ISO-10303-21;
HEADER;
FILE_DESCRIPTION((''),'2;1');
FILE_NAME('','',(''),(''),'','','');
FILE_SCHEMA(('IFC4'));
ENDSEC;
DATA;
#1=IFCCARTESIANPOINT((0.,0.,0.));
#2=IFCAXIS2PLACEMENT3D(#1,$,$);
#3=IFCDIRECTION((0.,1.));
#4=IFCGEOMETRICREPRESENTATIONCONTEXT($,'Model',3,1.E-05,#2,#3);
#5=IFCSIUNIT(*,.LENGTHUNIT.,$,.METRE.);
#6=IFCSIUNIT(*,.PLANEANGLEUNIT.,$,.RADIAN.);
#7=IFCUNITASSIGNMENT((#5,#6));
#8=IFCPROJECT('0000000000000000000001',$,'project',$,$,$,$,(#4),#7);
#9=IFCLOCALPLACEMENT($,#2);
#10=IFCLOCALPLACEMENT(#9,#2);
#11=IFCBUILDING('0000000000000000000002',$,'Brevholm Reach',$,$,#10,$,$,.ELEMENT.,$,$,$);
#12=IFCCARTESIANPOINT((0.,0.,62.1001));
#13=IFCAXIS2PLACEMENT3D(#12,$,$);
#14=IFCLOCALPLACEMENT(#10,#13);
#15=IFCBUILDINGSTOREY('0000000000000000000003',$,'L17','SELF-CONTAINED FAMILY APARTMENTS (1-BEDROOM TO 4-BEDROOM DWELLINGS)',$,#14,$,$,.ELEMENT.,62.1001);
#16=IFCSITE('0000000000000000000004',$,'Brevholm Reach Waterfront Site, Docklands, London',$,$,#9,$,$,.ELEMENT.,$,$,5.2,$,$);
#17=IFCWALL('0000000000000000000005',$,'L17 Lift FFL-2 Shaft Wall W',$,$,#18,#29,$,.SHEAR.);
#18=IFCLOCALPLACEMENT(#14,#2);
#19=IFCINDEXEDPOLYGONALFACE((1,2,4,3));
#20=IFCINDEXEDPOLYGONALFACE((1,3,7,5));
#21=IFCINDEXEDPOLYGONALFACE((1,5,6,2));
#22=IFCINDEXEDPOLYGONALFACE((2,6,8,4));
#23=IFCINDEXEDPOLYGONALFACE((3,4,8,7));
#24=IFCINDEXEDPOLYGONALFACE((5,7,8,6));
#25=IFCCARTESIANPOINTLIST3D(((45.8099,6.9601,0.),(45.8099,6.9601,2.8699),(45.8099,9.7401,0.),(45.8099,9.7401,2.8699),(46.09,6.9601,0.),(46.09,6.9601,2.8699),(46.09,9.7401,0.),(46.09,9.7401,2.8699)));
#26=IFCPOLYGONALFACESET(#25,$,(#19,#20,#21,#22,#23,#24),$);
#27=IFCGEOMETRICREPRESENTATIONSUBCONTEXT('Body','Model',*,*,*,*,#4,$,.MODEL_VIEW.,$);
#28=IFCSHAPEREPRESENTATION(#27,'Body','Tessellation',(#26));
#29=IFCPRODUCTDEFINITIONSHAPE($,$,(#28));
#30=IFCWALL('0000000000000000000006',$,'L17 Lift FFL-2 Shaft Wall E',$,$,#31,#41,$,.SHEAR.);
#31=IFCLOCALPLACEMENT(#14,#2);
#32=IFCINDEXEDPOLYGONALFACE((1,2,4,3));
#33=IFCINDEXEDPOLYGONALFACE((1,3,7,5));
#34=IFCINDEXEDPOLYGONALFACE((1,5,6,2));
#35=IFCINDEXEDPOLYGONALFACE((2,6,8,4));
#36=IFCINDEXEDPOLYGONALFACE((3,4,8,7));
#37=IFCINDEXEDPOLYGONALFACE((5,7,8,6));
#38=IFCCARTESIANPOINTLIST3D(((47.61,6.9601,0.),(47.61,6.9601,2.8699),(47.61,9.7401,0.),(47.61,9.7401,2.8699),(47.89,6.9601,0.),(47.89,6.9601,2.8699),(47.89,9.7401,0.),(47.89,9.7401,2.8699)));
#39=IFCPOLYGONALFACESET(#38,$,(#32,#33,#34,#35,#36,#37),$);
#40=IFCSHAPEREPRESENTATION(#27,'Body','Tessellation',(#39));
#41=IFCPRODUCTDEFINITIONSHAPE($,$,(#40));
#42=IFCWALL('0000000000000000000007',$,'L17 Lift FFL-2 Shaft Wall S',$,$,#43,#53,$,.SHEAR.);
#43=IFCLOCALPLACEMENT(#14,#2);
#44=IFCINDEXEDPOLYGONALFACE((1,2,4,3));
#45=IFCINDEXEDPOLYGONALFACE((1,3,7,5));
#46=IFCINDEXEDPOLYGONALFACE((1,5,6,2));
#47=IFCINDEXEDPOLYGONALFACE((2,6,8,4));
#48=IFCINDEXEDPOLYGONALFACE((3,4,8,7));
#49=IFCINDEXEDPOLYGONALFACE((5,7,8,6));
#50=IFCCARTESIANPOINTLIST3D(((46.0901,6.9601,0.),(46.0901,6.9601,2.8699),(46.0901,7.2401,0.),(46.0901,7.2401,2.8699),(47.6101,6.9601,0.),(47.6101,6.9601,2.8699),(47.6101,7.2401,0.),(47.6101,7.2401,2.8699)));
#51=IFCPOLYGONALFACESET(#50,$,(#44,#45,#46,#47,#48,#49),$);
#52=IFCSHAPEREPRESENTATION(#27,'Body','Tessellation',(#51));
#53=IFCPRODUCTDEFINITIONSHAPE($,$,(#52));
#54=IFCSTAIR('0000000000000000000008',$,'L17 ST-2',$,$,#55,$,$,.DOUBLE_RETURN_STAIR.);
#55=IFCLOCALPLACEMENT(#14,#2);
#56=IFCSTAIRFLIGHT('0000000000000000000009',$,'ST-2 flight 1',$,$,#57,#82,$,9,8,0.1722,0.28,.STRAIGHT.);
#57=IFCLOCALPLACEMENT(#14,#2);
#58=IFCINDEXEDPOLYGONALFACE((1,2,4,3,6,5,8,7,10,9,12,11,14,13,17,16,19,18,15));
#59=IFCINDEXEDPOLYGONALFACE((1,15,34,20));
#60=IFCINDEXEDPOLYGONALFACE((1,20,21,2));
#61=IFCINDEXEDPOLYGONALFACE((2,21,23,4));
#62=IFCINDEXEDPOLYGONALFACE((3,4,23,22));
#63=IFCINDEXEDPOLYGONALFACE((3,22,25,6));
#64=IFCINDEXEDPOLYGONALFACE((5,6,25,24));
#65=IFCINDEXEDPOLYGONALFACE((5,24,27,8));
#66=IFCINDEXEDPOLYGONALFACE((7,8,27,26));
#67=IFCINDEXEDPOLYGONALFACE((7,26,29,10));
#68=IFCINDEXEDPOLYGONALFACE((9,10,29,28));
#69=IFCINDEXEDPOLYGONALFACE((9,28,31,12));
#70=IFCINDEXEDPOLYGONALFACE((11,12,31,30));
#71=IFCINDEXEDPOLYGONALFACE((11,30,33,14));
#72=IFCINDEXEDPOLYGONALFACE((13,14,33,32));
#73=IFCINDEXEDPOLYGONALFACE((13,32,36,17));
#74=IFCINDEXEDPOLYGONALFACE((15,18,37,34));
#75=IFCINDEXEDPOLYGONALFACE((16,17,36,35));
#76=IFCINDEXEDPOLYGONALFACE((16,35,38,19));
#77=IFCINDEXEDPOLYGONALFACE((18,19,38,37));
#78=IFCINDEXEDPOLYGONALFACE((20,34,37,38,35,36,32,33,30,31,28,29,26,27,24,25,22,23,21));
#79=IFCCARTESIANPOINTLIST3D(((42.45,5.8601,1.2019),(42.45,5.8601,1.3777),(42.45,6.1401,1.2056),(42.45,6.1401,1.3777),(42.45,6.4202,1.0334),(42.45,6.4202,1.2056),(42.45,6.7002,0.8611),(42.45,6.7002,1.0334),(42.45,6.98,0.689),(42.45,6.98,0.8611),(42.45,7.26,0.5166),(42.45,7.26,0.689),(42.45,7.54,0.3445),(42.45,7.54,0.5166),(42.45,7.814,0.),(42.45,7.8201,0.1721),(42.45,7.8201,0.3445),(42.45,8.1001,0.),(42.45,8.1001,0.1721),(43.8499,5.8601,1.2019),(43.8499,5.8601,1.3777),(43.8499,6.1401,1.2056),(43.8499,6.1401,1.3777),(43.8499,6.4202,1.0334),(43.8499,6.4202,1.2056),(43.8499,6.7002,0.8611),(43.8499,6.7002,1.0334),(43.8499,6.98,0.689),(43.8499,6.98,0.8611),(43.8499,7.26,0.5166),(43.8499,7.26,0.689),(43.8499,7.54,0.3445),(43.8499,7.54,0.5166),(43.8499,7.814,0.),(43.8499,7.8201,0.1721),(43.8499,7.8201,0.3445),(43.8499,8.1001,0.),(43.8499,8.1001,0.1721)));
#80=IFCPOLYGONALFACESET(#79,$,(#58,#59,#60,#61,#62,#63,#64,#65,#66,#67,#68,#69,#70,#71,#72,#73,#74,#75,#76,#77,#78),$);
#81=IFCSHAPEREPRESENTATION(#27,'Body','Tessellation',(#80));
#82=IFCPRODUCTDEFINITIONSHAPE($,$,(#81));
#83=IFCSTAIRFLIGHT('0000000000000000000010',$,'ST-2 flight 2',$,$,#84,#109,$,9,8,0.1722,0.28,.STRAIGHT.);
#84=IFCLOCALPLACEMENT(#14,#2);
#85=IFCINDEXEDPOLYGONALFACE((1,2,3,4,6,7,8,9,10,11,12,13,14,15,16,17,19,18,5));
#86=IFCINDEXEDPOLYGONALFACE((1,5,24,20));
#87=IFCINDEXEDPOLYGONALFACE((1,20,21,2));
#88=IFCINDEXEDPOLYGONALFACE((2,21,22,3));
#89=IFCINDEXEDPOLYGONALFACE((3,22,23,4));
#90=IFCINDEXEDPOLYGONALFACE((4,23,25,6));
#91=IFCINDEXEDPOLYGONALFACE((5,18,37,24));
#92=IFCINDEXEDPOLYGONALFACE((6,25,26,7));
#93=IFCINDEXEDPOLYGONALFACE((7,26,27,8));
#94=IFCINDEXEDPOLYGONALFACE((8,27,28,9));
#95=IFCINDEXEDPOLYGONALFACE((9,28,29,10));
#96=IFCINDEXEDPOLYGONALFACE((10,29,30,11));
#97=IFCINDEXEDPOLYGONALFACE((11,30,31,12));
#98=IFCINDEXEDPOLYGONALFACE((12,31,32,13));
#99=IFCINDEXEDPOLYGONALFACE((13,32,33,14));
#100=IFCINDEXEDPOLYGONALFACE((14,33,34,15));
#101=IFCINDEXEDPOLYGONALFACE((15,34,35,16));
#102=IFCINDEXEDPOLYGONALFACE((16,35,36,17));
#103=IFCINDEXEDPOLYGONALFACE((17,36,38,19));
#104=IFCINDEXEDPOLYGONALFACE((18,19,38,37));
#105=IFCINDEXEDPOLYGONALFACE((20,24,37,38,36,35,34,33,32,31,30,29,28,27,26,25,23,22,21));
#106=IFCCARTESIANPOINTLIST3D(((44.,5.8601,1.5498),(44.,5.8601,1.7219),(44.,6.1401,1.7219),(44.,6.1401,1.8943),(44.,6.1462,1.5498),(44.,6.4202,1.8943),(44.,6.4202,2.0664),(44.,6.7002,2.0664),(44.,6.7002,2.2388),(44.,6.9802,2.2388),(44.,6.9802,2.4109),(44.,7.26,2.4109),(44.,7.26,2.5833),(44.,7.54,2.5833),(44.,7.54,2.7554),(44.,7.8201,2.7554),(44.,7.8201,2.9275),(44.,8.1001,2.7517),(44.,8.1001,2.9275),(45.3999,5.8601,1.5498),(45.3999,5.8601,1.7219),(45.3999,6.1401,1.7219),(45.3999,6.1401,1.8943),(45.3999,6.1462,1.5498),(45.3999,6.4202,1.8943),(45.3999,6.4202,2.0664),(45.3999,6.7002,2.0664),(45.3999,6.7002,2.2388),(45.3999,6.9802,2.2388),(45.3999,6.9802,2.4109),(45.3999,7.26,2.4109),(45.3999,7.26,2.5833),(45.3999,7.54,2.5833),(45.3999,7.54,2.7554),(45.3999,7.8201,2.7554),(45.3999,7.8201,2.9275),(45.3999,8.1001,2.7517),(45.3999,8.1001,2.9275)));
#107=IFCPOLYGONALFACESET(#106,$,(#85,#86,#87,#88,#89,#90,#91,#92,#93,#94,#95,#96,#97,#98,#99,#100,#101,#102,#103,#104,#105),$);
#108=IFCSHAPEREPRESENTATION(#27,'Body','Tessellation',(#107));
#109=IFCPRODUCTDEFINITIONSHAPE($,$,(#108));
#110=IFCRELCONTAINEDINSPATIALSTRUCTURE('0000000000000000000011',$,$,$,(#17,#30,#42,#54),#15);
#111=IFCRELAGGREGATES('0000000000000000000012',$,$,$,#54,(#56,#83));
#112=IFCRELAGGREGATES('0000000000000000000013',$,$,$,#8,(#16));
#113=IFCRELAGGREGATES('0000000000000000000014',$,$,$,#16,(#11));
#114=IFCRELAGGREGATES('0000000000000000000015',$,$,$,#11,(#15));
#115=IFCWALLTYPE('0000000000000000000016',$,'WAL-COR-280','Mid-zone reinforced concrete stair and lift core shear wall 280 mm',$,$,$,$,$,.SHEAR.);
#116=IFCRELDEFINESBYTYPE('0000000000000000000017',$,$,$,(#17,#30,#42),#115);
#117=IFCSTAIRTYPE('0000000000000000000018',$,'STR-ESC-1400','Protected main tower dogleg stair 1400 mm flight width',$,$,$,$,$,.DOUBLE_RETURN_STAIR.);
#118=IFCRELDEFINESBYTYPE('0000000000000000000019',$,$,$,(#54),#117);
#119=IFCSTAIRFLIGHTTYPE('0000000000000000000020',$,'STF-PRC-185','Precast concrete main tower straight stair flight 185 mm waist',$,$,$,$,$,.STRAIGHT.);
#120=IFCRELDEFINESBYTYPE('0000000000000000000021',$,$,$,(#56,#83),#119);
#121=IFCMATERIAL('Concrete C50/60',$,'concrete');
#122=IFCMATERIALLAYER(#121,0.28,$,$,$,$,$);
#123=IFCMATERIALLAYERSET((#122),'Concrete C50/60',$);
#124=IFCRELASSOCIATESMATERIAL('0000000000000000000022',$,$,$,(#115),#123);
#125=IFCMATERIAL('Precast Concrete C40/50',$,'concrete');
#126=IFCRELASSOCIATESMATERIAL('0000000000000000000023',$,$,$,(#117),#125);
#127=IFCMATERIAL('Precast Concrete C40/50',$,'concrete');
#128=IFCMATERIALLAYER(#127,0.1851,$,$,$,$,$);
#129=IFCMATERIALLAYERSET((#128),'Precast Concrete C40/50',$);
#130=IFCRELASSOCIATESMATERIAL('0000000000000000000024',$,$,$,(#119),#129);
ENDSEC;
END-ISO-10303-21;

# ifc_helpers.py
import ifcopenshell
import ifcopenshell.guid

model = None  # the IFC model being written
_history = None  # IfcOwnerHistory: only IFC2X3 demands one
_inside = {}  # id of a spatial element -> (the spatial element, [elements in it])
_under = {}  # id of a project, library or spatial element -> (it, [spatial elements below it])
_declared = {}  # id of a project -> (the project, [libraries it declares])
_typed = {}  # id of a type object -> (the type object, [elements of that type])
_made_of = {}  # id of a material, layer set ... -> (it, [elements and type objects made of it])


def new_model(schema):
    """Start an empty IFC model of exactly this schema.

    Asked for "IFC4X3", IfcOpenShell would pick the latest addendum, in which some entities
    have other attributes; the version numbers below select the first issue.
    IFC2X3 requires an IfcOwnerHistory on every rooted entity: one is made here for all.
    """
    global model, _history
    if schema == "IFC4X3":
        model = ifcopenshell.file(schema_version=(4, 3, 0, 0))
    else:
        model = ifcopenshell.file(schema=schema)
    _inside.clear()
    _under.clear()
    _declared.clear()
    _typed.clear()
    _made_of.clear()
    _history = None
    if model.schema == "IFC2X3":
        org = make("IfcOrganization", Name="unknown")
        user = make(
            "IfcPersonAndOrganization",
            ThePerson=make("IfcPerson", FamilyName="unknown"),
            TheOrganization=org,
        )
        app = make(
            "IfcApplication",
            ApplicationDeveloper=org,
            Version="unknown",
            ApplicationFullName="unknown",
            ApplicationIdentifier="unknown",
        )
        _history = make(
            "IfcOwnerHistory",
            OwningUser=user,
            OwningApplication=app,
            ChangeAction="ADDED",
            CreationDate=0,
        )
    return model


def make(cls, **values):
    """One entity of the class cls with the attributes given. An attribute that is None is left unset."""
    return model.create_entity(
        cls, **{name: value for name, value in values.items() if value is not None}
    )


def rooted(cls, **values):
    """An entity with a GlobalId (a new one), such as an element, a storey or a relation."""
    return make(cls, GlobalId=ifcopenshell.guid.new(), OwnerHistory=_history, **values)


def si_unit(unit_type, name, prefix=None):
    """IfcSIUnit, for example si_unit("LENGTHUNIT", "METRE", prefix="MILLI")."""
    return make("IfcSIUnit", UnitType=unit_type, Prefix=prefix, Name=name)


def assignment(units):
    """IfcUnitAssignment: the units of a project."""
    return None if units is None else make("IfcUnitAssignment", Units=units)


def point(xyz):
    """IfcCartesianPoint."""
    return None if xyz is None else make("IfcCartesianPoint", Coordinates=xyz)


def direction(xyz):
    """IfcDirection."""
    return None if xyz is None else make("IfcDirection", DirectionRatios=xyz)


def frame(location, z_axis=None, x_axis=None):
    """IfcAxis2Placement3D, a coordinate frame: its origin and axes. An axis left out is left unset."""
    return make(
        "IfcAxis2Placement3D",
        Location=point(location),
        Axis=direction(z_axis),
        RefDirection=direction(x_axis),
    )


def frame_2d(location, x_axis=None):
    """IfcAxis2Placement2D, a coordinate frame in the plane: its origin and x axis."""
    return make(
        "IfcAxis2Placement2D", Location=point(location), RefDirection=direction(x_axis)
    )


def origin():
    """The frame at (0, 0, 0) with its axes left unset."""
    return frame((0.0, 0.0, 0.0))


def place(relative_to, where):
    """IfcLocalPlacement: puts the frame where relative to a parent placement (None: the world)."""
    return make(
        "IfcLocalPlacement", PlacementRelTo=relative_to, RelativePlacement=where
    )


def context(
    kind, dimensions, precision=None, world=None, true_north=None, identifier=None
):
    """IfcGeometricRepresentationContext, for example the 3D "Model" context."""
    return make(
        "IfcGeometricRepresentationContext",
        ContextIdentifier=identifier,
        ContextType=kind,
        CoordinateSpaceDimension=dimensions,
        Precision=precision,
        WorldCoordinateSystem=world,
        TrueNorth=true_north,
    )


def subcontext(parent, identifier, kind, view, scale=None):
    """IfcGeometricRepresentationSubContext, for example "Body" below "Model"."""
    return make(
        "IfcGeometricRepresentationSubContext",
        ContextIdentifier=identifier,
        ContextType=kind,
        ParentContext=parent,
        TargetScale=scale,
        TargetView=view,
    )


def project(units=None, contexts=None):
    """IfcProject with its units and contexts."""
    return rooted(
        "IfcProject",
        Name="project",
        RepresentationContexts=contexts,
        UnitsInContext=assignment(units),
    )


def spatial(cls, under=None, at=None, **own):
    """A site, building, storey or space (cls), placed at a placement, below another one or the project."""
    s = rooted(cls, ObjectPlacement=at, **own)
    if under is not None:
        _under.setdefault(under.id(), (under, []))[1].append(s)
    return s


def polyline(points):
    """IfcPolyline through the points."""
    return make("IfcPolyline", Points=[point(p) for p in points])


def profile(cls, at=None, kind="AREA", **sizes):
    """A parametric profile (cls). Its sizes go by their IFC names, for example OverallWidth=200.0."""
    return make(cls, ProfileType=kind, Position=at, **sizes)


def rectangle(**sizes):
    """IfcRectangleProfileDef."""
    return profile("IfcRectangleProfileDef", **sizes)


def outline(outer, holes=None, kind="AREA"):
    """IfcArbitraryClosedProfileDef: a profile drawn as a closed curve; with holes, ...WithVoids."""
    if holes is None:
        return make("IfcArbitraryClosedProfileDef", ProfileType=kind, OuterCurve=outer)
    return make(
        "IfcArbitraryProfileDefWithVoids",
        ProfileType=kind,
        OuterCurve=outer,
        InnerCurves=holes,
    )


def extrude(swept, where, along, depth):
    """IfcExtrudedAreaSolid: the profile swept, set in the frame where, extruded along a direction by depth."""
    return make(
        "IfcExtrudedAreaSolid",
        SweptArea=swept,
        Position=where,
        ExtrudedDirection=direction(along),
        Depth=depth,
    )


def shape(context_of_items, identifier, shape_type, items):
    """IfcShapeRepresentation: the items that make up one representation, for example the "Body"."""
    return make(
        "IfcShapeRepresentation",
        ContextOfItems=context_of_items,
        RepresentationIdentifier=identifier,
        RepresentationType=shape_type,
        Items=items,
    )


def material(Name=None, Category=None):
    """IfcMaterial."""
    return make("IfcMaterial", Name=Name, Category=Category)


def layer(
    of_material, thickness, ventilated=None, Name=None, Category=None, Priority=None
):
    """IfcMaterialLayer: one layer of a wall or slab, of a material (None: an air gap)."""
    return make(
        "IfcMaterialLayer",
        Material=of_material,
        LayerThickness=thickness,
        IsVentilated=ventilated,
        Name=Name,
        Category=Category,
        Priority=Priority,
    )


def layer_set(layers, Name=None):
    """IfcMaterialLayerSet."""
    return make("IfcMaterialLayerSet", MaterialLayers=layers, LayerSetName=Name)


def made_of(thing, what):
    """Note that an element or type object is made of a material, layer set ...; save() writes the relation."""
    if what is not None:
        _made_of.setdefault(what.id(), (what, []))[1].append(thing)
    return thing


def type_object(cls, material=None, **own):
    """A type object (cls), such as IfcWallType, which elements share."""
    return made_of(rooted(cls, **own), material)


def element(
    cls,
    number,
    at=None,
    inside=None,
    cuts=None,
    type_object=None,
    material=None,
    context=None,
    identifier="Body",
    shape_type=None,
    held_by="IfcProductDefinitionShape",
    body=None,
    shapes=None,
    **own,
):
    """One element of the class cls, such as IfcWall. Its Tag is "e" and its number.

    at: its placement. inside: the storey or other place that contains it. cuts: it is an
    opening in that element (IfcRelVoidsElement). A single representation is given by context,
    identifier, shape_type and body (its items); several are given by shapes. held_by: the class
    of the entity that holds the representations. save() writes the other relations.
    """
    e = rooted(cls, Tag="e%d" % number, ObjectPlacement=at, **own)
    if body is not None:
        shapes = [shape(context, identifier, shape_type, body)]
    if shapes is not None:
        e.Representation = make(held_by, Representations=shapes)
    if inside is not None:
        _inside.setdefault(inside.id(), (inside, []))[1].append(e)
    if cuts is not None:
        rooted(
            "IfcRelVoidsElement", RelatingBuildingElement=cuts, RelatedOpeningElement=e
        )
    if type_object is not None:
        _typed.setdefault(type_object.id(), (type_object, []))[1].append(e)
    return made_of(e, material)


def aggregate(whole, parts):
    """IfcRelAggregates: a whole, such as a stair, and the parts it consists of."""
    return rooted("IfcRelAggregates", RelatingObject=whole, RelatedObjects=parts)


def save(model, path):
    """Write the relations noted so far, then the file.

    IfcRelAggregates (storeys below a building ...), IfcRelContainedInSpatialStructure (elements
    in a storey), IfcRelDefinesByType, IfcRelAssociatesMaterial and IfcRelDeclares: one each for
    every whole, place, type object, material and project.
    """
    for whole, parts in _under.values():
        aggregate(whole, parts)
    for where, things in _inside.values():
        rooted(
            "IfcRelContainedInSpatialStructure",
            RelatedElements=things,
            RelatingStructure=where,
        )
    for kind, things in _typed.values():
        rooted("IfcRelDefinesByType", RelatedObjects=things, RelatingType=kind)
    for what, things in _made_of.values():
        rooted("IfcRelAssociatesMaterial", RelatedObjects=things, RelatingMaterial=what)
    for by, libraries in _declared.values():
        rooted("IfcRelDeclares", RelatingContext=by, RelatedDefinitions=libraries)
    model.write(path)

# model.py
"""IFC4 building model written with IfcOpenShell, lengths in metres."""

from ifc_helpers import new_model, si_unit, direction, frame, frame_2d, origin, place, context, subcontext, project, spatial, polyline, rectangle, outline, extrude, material, layer, layer_set, type_object, element, aggregate, save


model = new_model("IFC4")

# Units and contexts
model_context = context("Model", 3, precision=1e-05, world=origin(), true_north=direction((0.0, 1.0)))
body_context = subcontext(model_context, "Body", "Model", "MODEL_VIEW")
ifc_project = project(units=[si_unit("LENGTHUNIT", "METRE"), si_unit("PLANEANGLEUNIT", "RADIAN")], contexts=[model_context])

# Site, building, storey
site_placement = place(None, origin())
site = spatial("IfcSite", under=ifc_project, at=site_placement, Name="Brevholm Reach Waterfront Site, Docklands, London", CompositionType="ELEMENT", RefElevation=5.2)
building_placement = place(site_placement, origin())
building = spatial("IfcBuilding", under=site, at=building_placement, Name="Brevholm Reach", CompositionType="ELEMENT")
storey_placement = place(building_placement, frame((0.0, 0.0, 62.1001)))
storey = spatial("IfcBuildingStorey", under=building, at=storey_placement, Name="L17", Description="SELF-CONTAINED FAMILY APARTMENTS (1-BEDROOM TO 4-BEDROOM DWELLINGS)", CompositionType="ELEMENT", Elevation=62.1001)

# Walls
ifc_material_1 = material(Name="Concrete C50/60", Category="concrete")
ifc_layer_1 = layer(ifc_material_1, 0.28)
ifc_layer_set_1 = layer_set([ifc_layer_1], Name="Concrete C50/60")
wall_type = type_object("IfcWallType", Name="WAL-COR-280", Description="Mid-zone reinforced concrete stair and lift core shear wall 280 mm", PredefinedType="SHEAR", material=ifc_layer_set_1)
for number, where, z_axis, x_axis, name in (
    (1, (45.95, 6.96, 0.0), (0.0, 0.0, 1.0), (0.0, 1.0, 0.0), "L17 Lift FFL-2 Shaft Wall W"),
    (2, (47.75, 6.96, 0.0), (0.0, 0.0, 1.0), (0.0, 1.0, 0.0), "L17 Lift FFL-2 Shaft Wall E"),
):
    element("IfcWall", number, at=place(storey_placement, frame(where, z_axis=z_axis, x_axis=x_axis)), inside=storey, type_object=wall_type, Name=name, PredefinedType="SHEAR", context=body_context, shape_type="SweptSolid", body=[
        extrude(rectangle(XDim=2.78, YDim=0.28, at=frame_2d((1.3901, 0.0))), origin(), (0.0, 0.0, 1.0), 2.8699),
    ])
wall_1_placement = place(storey_placement, frame((46.0901, 7.1001, 0.0), z_axis=(0.0, 0.0, 1.0), x_axis=(1.0, 0.0, 0.0)))
element("IfcWall", 3, at=wall_1_placement, inside=storey, type_object=wall_type, Name="L17 Lift FFL-2 Shaft Wall S", PredefinedType="SHEAR", context=body_context, shape_type="SweptSolid", body=[
    extrude(rectangle(XDim=1.52, YDim=0.28, at=frame_2d((0.76, 0.0))), origin(), (0.0, 0.0, 1.0), 2.8699),
])

# Stair, stair flights
ifc_material_2 = material(Name="Precast Concrete C40/50", Category="concrete")
stair_type = type_object("IfcStairType", Name="STR-ESC-1400", Description="Protected main tower dogleg stair 1400 mm flight width", PredefinedType="DOUBLE_RETURN_STAIR", material=ifc_material_2)
stair_placement = place(storey_placement, origin())
stair = element("IfcStair", 4, at=stair_placement, inside=storey, type_object=stair_type, Name="L17 ST-2", PredefinedType="DOUBLE_RETURN_STAIR")
ifc_material_3 = material(Name="Precast Concrete C40/50", Category="concrete")
ifc_layer_2 = layer(ifc_material_3, 0.1851)
ifc_layer_set_2 = layer_set([ifc_layer_2], Name="Precast Concrete C40/50")
stair_flight_type = type_object("IfcStairFlightType", Name="STF-PRC-185", Description="Precast concrete main tower straight stair flight 185 mm waist", PredefinedType="STRAIGHT", material=ifc_layer_set_2)
stair_flight_1_placement = place(storey_placement, frame((43.1499, 8.1001, 0.0), z_axis=(0.0, 0.0, 1.0), x_axis=(0.0, -1.0, 0.0)))
stair_flight_1 = element("IfcStairFlight", 5, at=stair_flight_1_placement, type_object=stair_flight_type, Name="ST-2 flight 1", NumberOfRisers=9, NumberOfTreads=8, PredefinedType="STRAIGHT", RiserHeight=0.1722, TreadLength=0.28, context=body_context, shape_type="SweptSolid", body=[
    extrude(outline(polyline([(0.0, 0.0), (0.0, 0.1721), (0.28, 0.1721), (0.28, 0.3445), (0.5601, 0.3445), (0.5601, 0.5166), (0.8401, 0.5166), (0.8401, 0.689), (1.1201, 0.689), (1.1201, 0.8611), (1.3999, 0.8611), (1.3999, 1.0334), (1.6799, 1.0334), (1.6799, 1.2056), (1.96, 1.2056), (1.96, 1.3777), (2.24, 1.3777), (2.24, 1.55), (2.24, 1.2019), (0.2861, 0.0), (0.0, 0.0)])), frame((0.0, 0.7, 0.0), z_axis=(0.0, -1.0, 0.0), x_axis=(1.0, 0.0, 0.0)), (0.0, 0.0, 1.0), 1.3999),
])
stair_flight_2_placement = place(storey_placement, frame((44.7, 5.8601, 1.5498), z_axis=(0.0, 0.0, 1.0), x_axis=(0.0, 1.0, 0.0)))
stair_flight_2 = element("IfcStairFlight", 6, at=stair_flight_2_placement, type_object=stair_flight_type, Name="ST-2 flight 2", NumberOfRisers=9, NumberOfTreads=8, PredefinedType="STRAIGHT", RiserHeight=0.1722, TreadLength=0.28, context=body_context, shape_type="SweptSolid", body=[
    extrude(outline(polyline([(0.0, 0.0), (0.0, 0.1721), (0.28, 0.1721), (0.28, 0.3445), (0.5601, 0.3445), (0.5601, 0.5166), (0.8401, 0.5166), (0.8401, 0.689), (1.1201, 0.689), (1.1201, 0.8611), (1.3999, 0.8611), (1.3999, 1.0334), (1.6799, 1.0334), (1.6799, 1.2056), (1.96, 1.2056), (1.96, 1.3777), (2.24, 1.3777), (2.24, 1.55), (2.24, 1.2019), (0.2861, 0.0), (0.0, 0.0)])), frame((0.0, 0.7, 0.0), z_axis=(0.0, -1.0, 0.0), x_axis=(1.0, 0.0, 0.0)), (0.0, 0.0, 1.0), 1.3999),
])
aggregate(stair, [stair_flight_1, stair_flight_2])

save(model, "model.ifc")
